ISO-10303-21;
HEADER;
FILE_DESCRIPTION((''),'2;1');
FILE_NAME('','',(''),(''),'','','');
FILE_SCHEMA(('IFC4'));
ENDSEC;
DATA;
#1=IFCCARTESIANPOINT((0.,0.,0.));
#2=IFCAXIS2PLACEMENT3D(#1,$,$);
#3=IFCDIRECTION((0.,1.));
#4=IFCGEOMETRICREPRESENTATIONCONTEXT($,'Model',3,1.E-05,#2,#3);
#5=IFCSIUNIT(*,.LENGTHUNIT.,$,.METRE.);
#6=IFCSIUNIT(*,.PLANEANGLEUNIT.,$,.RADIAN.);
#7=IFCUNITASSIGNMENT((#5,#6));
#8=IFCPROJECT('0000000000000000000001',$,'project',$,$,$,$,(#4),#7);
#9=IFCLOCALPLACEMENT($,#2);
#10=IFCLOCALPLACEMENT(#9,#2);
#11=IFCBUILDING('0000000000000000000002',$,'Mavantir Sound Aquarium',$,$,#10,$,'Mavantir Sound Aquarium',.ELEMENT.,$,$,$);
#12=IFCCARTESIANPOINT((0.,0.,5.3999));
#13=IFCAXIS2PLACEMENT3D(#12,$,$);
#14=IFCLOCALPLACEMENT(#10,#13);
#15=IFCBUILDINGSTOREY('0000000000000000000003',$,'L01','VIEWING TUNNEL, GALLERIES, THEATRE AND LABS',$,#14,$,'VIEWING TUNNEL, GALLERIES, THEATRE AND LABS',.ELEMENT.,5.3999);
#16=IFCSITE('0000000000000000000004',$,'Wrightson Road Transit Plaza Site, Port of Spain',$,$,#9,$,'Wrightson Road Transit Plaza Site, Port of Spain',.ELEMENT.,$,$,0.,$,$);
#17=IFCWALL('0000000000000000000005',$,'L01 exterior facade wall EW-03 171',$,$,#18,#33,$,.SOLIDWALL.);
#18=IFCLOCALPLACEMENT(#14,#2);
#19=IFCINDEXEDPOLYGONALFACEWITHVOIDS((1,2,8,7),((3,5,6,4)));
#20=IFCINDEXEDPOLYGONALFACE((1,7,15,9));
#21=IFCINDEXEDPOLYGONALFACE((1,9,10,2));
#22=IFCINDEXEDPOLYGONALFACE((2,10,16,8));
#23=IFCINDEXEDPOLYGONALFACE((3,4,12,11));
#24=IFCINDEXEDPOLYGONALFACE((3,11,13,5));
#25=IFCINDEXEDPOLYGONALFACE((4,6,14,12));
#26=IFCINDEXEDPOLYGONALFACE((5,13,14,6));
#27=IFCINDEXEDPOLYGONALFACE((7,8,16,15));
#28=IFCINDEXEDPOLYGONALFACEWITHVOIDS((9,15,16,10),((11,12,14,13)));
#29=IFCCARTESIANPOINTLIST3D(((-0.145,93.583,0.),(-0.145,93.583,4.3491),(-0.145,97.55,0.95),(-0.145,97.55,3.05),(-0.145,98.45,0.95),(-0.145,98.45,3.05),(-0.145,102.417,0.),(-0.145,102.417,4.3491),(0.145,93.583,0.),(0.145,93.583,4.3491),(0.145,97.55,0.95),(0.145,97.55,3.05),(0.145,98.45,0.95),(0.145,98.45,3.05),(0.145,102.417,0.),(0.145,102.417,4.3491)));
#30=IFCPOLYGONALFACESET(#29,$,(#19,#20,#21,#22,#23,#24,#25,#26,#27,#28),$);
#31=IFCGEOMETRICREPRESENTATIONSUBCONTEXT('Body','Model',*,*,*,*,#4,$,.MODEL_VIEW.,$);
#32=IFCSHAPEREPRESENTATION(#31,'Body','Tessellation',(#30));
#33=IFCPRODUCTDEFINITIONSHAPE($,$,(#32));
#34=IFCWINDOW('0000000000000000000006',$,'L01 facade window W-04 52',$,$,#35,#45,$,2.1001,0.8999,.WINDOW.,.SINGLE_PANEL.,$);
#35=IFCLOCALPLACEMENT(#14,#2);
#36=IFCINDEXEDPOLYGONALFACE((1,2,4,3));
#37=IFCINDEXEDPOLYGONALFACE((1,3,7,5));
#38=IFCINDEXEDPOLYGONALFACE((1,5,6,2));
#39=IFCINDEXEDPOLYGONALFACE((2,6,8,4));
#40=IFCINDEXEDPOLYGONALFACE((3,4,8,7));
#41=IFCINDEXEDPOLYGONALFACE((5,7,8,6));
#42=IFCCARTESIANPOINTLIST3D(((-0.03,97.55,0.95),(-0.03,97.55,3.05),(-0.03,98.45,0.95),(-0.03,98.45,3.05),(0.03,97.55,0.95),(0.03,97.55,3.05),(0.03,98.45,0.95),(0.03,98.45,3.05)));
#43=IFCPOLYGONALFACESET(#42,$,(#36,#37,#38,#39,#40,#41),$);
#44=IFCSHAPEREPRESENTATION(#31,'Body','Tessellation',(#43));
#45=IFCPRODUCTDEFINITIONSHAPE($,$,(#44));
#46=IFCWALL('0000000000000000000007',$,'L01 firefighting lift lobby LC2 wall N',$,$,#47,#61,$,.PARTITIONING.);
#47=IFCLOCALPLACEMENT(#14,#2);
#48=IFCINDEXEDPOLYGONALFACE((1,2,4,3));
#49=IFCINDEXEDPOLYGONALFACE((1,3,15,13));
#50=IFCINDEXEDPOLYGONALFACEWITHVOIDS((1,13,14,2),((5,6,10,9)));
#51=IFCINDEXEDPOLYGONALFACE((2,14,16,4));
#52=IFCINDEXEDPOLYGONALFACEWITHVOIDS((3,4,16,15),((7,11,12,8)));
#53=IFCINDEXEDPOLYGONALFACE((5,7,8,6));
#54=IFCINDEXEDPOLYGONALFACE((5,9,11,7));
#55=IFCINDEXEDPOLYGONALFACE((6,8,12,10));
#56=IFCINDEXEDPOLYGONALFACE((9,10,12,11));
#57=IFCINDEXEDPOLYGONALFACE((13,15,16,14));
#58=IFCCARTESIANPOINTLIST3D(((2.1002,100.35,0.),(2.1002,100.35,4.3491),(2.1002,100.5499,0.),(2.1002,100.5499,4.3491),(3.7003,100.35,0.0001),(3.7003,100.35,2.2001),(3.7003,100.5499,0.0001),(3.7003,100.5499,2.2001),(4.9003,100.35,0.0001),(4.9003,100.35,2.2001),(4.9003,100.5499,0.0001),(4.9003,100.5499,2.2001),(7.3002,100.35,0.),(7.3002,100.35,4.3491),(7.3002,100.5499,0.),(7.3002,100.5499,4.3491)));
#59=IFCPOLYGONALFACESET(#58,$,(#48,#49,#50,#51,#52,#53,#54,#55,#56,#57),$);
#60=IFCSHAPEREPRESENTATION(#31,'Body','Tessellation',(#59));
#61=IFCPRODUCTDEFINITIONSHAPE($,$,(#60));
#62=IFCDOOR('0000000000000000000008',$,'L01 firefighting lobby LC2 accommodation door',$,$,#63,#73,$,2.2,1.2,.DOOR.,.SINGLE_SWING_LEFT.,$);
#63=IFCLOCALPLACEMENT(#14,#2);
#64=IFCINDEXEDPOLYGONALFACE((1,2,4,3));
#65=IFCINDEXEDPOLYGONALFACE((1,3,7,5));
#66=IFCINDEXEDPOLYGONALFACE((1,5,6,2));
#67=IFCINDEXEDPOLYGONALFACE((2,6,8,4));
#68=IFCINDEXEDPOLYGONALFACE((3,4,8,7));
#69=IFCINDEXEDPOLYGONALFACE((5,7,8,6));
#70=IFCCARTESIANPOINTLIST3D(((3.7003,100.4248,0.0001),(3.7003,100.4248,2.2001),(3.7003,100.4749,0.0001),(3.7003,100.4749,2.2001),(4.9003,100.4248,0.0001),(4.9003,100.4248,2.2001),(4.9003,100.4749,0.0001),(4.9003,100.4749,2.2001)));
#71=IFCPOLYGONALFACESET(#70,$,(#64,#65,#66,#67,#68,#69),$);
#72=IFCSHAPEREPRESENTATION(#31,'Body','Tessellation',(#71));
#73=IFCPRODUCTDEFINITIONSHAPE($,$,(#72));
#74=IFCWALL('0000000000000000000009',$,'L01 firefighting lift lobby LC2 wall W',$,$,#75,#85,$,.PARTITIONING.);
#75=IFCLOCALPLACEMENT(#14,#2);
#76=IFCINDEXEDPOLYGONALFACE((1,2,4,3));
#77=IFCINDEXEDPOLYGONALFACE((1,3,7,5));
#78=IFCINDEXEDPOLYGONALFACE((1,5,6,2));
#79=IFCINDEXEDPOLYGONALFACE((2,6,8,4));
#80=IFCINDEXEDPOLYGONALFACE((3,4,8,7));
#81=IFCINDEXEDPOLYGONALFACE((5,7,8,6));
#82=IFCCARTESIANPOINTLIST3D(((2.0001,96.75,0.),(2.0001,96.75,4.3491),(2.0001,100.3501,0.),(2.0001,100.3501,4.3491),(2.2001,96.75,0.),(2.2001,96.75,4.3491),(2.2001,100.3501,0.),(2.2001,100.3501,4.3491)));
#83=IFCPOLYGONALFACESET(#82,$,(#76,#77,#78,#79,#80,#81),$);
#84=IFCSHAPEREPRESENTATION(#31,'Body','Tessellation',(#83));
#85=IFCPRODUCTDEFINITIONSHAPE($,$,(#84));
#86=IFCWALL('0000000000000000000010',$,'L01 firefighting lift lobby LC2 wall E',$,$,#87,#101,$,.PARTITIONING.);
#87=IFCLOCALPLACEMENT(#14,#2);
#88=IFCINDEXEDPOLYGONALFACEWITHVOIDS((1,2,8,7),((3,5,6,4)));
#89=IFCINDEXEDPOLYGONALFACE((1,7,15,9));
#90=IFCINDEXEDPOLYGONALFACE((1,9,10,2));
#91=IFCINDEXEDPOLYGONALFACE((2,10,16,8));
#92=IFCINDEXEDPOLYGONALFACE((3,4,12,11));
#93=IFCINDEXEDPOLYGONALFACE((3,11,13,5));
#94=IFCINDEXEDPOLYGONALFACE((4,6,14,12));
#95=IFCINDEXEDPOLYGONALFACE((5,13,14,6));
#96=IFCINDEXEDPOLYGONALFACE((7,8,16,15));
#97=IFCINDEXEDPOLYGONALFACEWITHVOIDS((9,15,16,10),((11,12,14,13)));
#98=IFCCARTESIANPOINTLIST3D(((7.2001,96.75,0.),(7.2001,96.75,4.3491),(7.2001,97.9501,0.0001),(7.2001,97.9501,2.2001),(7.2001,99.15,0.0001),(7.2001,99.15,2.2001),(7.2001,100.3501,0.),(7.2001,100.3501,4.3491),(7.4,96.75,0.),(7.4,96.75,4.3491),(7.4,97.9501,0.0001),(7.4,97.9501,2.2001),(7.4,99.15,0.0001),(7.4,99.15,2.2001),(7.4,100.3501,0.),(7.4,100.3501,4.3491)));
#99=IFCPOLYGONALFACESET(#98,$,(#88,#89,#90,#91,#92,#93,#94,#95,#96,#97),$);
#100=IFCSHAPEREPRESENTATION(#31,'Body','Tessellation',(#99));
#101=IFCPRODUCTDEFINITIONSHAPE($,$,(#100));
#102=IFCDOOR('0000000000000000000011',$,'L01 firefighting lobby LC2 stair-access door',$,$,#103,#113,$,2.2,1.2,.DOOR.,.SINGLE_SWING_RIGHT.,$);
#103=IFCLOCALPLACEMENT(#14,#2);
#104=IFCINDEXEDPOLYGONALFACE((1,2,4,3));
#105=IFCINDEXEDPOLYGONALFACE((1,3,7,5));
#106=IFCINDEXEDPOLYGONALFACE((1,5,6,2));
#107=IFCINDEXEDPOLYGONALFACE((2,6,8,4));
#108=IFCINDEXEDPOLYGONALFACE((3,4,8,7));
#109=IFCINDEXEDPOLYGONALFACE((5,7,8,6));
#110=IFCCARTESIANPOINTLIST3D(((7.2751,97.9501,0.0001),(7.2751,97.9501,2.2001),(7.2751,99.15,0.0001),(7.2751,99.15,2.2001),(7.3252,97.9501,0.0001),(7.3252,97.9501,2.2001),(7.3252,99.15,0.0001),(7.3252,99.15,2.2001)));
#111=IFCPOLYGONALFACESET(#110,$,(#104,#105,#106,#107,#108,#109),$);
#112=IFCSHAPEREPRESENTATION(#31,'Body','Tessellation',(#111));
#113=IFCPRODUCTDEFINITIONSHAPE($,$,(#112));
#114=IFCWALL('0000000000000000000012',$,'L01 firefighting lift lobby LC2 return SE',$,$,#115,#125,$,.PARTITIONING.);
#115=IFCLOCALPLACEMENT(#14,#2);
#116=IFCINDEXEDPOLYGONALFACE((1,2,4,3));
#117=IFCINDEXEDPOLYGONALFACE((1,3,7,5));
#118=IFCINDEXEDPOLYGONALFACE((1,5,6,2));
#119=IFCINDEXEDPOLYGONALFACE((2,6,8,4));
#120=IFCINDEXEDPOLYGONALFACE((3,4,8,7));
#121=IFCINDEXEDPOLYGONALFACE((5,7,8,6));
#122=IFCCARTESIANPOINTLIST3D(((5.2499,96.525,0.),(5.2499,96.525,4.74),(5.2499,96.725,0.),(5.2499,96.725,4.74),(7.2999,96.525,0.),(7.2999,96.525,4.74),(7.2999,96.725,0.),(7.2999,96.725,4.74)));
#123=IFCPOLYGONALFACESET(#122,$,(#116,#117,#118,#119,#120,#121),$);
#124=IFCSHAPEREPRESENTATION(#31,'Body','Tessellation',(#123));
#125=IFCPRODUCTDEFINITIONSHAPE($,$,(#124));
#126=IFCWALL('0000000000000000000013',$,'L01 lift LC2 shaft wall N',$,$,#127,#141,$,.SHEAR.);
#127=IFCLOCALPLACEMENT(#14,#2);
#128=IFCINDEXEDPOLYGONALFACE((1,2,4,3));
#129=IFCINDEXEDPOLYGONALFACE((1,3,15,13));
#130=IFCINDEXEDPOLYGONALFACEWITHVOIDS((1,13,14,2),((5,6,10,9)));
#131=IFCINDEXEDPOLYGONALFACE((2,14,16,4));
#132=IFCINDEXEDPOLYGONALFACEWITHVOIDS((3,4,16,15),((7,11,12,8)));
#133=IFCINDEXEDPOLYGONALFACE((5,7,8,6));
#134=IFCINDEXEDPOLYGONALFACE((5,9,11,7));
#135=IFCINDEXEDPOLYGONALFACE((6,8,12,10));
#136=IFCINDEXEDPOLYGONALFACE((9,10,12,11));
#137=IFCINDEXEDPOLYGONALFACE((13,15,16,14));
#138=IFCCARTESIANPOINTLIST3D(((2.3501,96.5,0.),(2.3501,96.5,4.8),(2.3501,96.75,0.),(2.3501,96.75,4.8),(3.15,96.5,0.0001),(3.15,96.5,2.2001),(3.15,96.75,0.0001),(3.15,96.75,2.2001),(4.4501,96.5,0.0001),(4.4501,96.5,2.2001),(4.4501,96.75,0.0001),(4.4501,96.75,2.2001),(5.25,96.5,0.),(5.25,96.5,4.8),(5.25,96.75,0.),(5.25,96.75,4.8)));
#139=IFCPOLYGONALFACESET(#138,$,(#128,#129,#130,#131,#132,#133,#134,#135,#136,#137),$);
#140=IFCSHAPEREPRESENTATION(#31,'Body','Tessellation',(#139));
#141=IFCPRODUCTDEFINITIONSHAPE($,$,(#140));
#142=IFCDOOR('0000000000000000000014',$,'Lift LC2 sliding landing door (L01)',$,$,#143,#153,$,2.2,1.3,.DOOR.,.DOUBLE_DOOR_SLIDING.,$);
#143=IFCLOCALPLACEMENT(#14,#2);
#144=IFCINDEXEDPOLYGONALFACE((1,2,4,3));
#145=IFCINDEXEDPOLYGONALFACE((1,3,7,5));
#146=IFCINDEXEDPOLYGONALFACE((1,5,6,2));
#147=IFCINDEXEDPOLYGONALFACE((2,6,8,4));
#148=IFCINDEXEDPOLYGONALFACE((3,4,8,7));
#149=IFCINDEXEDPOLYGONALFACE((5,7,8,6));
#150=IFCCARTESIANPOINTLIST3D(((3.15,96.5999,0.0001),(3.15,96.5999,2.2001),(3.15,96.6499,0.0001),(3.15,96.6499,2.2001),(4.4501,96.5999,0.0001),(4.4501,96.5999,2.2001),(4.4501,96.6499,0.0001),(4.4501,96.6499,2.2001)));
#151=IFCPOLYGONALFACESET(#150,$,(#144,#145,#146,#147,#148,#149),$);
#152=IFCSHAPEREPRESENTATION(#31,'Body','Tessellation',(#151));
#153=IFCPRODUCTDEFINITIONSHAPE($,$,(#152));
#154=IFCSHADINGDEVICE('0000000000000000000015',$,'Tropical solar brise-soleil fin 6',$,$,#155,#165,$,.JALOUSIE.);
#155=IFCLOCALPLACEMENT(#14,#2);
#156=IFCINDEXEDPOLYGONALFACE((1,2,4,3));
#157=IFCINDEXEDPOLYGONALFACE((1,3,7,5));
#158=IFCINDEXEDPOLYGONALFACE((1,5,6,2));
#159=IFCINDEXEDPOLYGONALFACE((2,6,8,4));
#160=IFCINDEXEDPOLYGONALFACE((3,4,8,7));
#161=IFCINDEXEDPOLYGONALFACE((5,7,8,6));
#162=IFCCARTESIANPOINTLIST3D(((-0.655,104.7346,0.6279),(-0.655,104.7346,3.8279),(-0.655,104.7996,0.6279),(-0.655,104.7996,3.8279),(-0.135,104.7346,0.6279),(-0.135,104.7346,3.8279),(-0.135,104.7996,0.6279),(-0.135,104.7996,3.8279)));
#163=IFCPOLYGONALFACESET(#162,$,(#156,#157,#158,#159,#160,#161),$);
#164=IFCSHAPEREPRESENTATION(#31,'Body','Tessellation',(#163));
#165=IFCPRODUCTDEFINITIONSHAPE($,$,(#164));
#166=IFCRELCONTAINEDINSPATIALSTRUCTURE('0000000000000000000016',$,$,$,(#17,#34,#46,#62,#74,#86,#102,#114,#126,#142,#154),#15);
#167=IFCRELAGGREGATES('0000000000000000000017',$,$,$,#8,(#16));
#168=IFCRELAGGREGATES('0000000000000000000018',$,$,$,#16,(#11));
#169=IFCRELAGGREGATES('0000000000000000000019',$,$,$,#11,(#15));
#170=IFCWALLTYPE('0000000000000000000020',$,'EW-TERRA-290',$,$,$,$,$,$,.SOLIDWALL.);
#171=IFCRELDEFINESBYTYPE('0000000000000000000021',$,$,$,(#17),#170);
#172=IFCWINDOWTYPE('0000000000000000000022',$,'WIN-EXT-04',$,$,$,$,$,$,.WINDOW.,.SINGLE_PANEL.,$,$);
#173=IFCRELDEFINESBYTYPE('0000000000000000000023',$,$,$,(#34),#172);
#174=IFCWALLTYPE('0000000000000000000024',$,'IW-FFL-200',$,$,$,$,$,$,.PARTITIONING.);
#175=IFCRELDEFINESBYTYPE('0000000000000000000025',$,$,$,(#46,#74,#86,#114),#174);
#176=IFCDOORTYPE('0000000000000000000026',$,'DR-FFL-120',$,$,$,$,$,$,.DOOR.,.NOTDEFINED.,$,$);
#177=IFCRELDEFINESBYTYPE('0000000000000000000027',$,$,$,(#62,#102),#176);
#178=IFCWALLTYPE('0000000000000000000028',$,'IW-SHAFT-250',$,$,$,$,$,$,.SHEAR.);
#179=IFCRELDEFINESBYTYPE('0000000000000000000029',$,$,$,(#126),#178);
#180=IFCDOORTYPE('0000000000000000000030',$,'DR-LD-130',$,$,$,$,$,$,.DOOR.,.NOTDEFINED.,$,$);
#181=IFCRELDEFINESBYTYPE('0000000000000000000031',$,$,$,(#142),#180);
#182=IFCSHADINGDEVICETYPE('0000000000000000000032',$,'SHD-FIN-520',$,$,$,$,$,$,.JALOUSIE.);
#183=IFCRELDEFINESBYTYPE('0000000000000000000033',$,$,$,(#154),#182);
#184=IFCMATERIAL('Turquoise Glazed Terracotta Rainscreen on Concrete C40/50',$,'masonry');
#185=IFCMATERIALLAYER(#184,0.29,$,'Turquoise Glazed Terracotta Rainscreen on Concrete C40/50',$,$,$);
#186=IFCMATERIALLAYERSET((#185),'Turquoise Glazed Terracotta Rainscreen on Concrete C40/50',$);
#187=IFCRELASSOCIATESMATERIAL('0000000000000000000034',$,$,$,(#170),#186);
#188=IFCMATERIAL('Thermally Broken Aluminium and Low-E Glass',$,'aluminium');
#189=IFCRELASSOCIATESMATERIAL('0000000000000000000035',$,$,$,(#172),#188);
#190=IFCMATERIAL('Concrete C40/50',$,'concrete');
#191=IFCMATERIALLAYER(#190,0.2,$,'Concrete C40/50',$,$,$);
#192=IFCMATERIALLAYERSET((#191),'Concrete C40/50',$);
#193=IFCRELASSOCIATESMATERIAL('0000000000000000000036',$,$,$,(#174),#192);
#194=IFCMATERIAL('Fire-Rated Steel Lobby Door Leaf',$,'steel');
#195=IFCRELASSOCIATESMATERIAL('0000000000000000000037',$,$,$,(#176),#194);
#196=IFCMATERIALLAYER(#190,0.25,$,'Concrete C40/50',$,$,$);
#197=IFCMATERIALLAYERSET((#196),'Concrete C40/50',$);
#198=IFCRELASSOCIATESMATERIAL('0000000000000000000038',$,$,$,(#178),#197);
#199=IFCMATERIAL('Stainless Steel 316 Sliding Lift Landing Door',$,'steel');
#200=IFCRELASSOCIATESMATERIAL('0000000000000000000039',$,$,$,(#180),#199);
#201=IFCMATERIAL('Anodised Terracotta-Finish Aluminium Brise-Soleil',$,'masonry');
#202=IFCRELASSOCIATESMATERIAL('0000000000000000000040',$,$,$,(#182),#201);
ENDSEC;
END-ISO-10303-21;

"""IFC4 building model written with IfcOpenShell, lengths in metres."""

from ifc_helpers import new_model, si_unit, direction, frame, frame_2d, origin, origin_2d, place, context, subcontext, project, spatial, rectangle, extrude, material, layer, layer_set, type_object, element, fill, save


model = new_model("IFC4")

# Units and contexts
model_context = context("Model", 3, precision=1e-05, world=origin(), true_north=direction((0.0, 1.0)))
body_context = subcontext(model_context, "Body", "Model", "MODEL_VIEW")
ifc_project = project(units=[si_unit("LENGTHUNIT", "METRE"), si_unit("PLANEANGLEUNIT", "RADIAN")], contexts=[model_context])

# Site, building, storey
site_placement = place(None, origin())
site = spatial("IfcSite", under=ifc_project, at=site_placement, Name="Wrightson Road Transit Plaza Site, Port of Spain", LongName="Wrightson Road Transit Plaza Site, Port of Spain", CompositionType="ELEMENT", RefElevation=0.0)
building_placement = place(site_placement, origin())
building = spatial("IfcBuilding", under=site, at=building_placement, Name="Mavantir Sound Aquarium", LongName="Mavantir Sound Aquarium", CompositionType="ELEMENT")
storey_placement = place(building_placement, frame((0.0, 0.0, 5.3999)))
storey = spatial("IfcBuildingStorey", under=building, at=storey_placement, Name="L01", Description="VIEWING TUNNEL, GALLERIES, THEATRE AND LABS", LongName="VIEWING TUNNEL, GALLERIES, THEATRE AND LABS", CompositionType="ELEMENT", Elevation=5.3999)

# Shared definitions
ifc_material_1 = material(Name="Concrete C40/50", Category="concrete")

# Wall, opening, window
ifc_material_2 = material(Name="Turquoise Glazed Terracotta Rainscreen on Concrete C40/50", Category="masonry")
ifc_layer_1 = layer(ifc_material_2, 0.29, Name="Turquoise Glazed Terracotta Rainscreen on Concrete C40/50")
ifc_layer_set_1 = layer_set([ifc_layer_1], Name="Turquoise Glazed Terracotta Rainscreen on Concrete C40/50")
wall_type_1 = type_object("IfcWallType", Name="EW-TERRA-290", PredefinedType="SOLIDWALL", material=ifc_layer_set_1)
wall_1_placement = place(storey_placement, frame((0.0, 102.417, 0.0), z_axis=(0.0, 0.0, 1.0), x_axis=(0.0, -1.0, 0.0)))
wall_1 = element("IfcWall", 1, at=wall_1_placement, inside=storey, type_object=wall_type_1, Name="L01 exterior facade wall EW-03 171", PredefinedType="SOLIDWALL", context=body_context, shape_type="SweptSolid", body=[
    extrude(rectangle(XDim=8.834, YDim=0.29, at=frame_2d((4.417, 0.0))), origin(), (0.0, 0.0, 1.0), 4.3491),
])
opening_1_placement = place(wall_1_placement, frame((3.967, 0.0, 0.95)))
opening_1 = element("IfcOpeningElement", 2, at=opening_1_placement, cuts=wall_1, PredefinedType="OPENING", context=body_context, shape_type="SweptSolid", body=[
    extrude(rectangle(XDim=0.8999, YDim=2.1001, at=frame_2d((0.45, 1.05))), frame((0.0, 0.155, 0.0), z_axis=(0.0, -1.0, 0.0), x_axis=(1.0, 0.0, 0.0)), (0.0, 0.0, 1.0), 0.3101),
])
ifc_material_3 = material(Name="Thermally Broken Aluminium and Low-E Glass", Category="aluminium")
window_type = type_object("IfcWindowType", Name="WIN-EXT-04", PartitioningType="SINGLE_PANEL", PredefinedType="WINDOW", material=ifc_material_3)
window_placement = place(opening_1_placement, origin())
window = element("IfcWindow", 3, at=window_placement, inside=storey, type_object=window_type, Name="L01 facade window W-04 52", OverallHeight=2.1001, OverallWidth=0.8999, PartitioningType="SINGLE_PANEL", PredefinedType="WINDOW", context=body_context, shape_type="SweptSolid", body=[
    extrude(rectangle(XDim=0.8999, YDim=2.1001, at=frame_2d((0.45, 1.05))), frame((0.0, 0.03, 0.0), z_axis=(0.0, -1.0, 0.0), x_axis=(1.0, 0.0, 0.0)), (0.0, 0.0, 1.0), 0.0601),
])
fill(opening_1, window)

# Wall, opening, door
ifc_layer_2 = layer(ifc_material_1, 0.2, Name="Concrete C40/50")
ifc_layer_set_2 = layer_set([ifc_layer_2], Name="Concrete C40/50")
wall_type_2 = type_object("IfcWallType", Name="IW-FFL-200", PredefinedType="PARTITIONING", material=ifc_layer_set_2)
wall_2_placement = place(storey_placement, frame((2.1001, 100.45, 0.0), z_axis=(0.0, 0.0, 1.0), x_axis=(1.0, 0.0, 0.0)))
wall_2 = element("IfcWall", 4, at=wall_2_placement, inside=storey, type_object=wall_type_2, Name="L01 firefighting lift lobby LC2 wall N", PredefinedType="PARTITIONING", context=body_context, shape_type="SweptSolid", body=[
    extrude(rectangle(XDim=5.2, YDim=0.2, at=frame_2d((2.6001, 0.0))), origin(), (0.0, 0.0, 1.0), 4.3491),
])
opening_2_placement = place(wall_2_placement, frame((1.6001, 0.0, 0.0)))
opening_2 = element("IfcOpeningElement", 5, at=opening_2_placement, cuts=wall_2, PredefinedType="OPENING", context=body_context, shape_type="SweptSolid", body=[
    extrude(rectangle(XDim=1.2, YDim=2.2, at=frame_2d((0.6001, 1.1001))), frame((0.0, 0.1099, 0.0), z_axis=(0.0, -1.0, 0.0), x_axis=(1.0, 0.0, 0.0)), (0.0, 0.0, 1.0), 0.22),
])
ifc_material_4 = material(Name="Fire-Rated Steel Lobby Door Leaf", Category="steel")
door_type_1 = type_object("IfcDoorType", Name="DR-FFL-120", OperationType="NOTDEFINED", PredefinedType="DOOR", material=ifc_material_4)
door_1_placement = place(opening_2_placement, origin())
door_1 = element("IfcDoor", 6, at=door_1_placement, inside=storey, type_object=door_type_1, Name="L01 firefighting lobby LC2 accommodation door", OperationType="SINGLE_SWING_LEFT", OverallHeight=2.2, OverallWidth=1.2, PredefinedType="DOOR", context=body_context, shape_type="SweptSolid", body=[
    extrude(rectangle(XDim=1.2, YDim=2.2, at=frame_2d((0.6001, 1.1001))), frame((0.0, 0.0249, 0.0), z_axis=(0.0, -1.0, 0.0), x_axis=(1.0, 0.0, 0.0)), (0.0, 0.0, 1.0), 0.05),
])
fill(opening_2, door_1)

# Wall
wall_3_placement = place(storey_placement, frame((2.1001, 96.75, 0.0), z_axis=(0.0, 0.0, 1.0), x_axis=(0.0, 1.0, 0.0)))
element("IfcWall", 7, at=wall_3_placement, inside=storey, type_object=wall_type_2, Name="L01 firefighting lift lobby LC2 wall W", PredefinedType="PARTITIONING", context=body_context, shape_type="SweptSolid", body=[
    extrude(rectangle(XDim=3.6001, YDim=0.2, at=frame_2d((1.8, 0.0))), origin(), (0.0, 0.0, 1.0), 4.3491),
])

# Wall, opening, door
wall_4_placement = place(storey_placement, frame((7.3, 96.75, 0.0), z_axis=(0.0, 0.0, 1.0), x_axis=(0.0, 1.0, 0.0)))
wall_4 = element("IfcWall", 8, at=wall_4_placement, inside=storey, type_object=wall_type_2, Name="L01 firefighting lift lobby LC2 wall E", PredefinedType="PARTITIONING", context=body_context, shape_type="SweptSolid", body=[
    extrude(rectangle(XDim=3.6001, YDim=0.2, at=frame_2d((1.8, 0.0))), origin(), (0.0, 0.0, 1.0), 4.3491),
])
opening_3_placement = place(wall_4_placement, frame((1.2, 0.0, 0.0)))
opening_3 = element("IfcOpeningElement", 9, at=opening_3_placement, cuts=wall_4, PredefinedType="OPENING", context=body_context, shape_type="SweptSolid", body=[
    extrude(rectangle(XDim=1.2, YDim=2.2, at=frame_2d((0.6001, 1.1001))), frame((0.0, 0.1099, 0.0), z_axis=(0.0, -1.0, 0.0), x_axis=(1.0, 0.0, 0.0)), (0.0, 0.0, 1.0), 0.22),
])
door_2_placement = place(opening_3_placement, origin())
door_2 = element("IfcDoor", 10, at=door_2_placement, inside=storey, type_object=door_type_1, Name="L01 firefighting lobby LC2 stair-access door", OperationType="SINGLE_SWING_RIGHT", OverallHeight=2.2, OverallWidth=1.2, PredefinedType="DOOR", context=body_context, shape_type="SweptSolid", body=[
    extrude(rectangle(XDim=1.2, YDim=2.2, at=frame_2d((0.6001, 1.1001))), frame((0.0, 0.0249, 0.0), z_axis=(0.0, -1.0, 0.0), x_axis=(1.0, 0.0, 0.0)), (0.0, 0.0, 1.0), 0.05),
])
fill(opening_3, door_2)

# Wall
wall_5_placement = place(storey_placement, frame((5.25, 96.625, 0.0), z_axis=(0.0, 0.0, 1.0), x_axis=(1.0, 0.0, 0.0)))
element("IfcWall", 11, at=wall_5_placement, inside=storey, type_object=wall_type_2, Name="L01 firefighting lift lobby LC2 return SE", PredefinedType="PARTITIONING", context=body_context, shape_type="SweptSolid", body=[
    extrude(rectangle(XDim=2.05, YDim=0.2, at=frame_2d((1.0249, 0.0))), origin(), (0.0, 0.0, 1.0), 4.74),
])

# Wall, opening, door
ifc_layer_3 = layer(ifc_material_1, 0.25, Name="Concrete C40/50")
ifc_layer_set_3 = layer_set([ifc_layer_3], Name="Concrete C40/50")
wall_type_3 = type_object("IfcWallType", Name="IW-SHAFT-250", PredefinedType="SHEAR", material=ifc_layer_set_3)
wall_6_placement = place(storey_placement, frame((2.3501, 96.625, 0.0), z_axis=(0.0, 0.0, 1.0), x_axis=(1.0, 0.0, 0.0)))
wall_6 = element("IfcWall", 12, at=wall_6_placement, inside=storey, type_object=wall_type_3, Name="L01 lift LC2 shaft wall N", PredefinedType="SHEAR", context=body_context, shape_type="SweptSolid", body=[
    extrude(rectangle(XDim=2.8999, YDim=0.25, at=frame_2d((1.45, 0.0))), origin(), (0.0, 0.0, 1.0), 4.8),
])
opening_4_placement = place(wall_6_placement, frame((0.8, 0.0, 0.0)))
opening_4 = element("IfcOpeningElement", 13, at=opening_4_placement, cuts=wall_6, PredefinedType="OPENING", context=body_context, shape_type="SweptSolid", body=[
    extrude(rectangle(XDim=1.3, YDim=2.2, at=frame_2d((0.6499, 1.1001))), frame((0.0, 0.135, 0.0), z_axis=(0.0, -1.0, 0.0), x_axis=(1.0, 0.0, 0.0)), (0.0, 0.0, 1.0), 0.27),
])
ifc_material_5 = material(Name="Stainless Steel 316 Sliding Lift Landing Door", Category="steel")
door_type_2 = type_object("IfcDoorType", Name="DR-LD-130", OperationType="NOTDEFINED", PredefinedType="DOOR", material=ifc_material_5)
door_3_placement = place(opening_4_placement, origin())
door_3 = element("IfcDoor", 14, at=door_3_placement, inside=storey, type_object=door_type_2, Name="Lift LC2 sliding landing door (L01)", OperationType="DOUBLE_DOOR_SLIDING", OverallHeight=2.2, OverallWidth=1.3, PredefinedType="DOOR", context=body_context, shape_type="SweptSolid", body=[
    extrude(rectangle(XDim=1.3, YDim=2.2, at=frame_2d((0.6499, 1.1001))), frame((0.0, 0.0249, 0.0), z_axis=(0.0, -1.0, 0.0), x_axis=(1.0, 0.0, 0.0)), (0.0, 0.0, 1.0), 0.05),
])
fill(opening_4, door_3)

# Shading device
ifc_material_6 = material(Name="Anodised Terracotta-Finish Aluminium Brise-Soleil", Category="masonry")
shading_device_type = type_object("IfcShadingDeviceType", Name="SHD-FIN-520", PredefinedType="JALOUSIE", material=ifc_material_6)
shading_device_placement = place(storey_placement, frame((-0.395, 104.7671, 0.6279), z_axis=(0.0, 0.0, 1.0), x_axis=(0.0, 1.0, 0.0)))
element("IfcShadingDevice", 15, at=shading_device_placement, inside=storey, type_object=shading_device_type, Name="Tropical solar brise-soleil fin 6", PredefinedType="JALOUSIE", context=body_context, shape_type="SweptSolid", body=[
    extrude(rectangle(XDim=0.0649, YDim=0.52, at=origin_2d()), origin(), (0.0, 0.0, 1.0), 3.2),
])

save(model, "model.ifc")
